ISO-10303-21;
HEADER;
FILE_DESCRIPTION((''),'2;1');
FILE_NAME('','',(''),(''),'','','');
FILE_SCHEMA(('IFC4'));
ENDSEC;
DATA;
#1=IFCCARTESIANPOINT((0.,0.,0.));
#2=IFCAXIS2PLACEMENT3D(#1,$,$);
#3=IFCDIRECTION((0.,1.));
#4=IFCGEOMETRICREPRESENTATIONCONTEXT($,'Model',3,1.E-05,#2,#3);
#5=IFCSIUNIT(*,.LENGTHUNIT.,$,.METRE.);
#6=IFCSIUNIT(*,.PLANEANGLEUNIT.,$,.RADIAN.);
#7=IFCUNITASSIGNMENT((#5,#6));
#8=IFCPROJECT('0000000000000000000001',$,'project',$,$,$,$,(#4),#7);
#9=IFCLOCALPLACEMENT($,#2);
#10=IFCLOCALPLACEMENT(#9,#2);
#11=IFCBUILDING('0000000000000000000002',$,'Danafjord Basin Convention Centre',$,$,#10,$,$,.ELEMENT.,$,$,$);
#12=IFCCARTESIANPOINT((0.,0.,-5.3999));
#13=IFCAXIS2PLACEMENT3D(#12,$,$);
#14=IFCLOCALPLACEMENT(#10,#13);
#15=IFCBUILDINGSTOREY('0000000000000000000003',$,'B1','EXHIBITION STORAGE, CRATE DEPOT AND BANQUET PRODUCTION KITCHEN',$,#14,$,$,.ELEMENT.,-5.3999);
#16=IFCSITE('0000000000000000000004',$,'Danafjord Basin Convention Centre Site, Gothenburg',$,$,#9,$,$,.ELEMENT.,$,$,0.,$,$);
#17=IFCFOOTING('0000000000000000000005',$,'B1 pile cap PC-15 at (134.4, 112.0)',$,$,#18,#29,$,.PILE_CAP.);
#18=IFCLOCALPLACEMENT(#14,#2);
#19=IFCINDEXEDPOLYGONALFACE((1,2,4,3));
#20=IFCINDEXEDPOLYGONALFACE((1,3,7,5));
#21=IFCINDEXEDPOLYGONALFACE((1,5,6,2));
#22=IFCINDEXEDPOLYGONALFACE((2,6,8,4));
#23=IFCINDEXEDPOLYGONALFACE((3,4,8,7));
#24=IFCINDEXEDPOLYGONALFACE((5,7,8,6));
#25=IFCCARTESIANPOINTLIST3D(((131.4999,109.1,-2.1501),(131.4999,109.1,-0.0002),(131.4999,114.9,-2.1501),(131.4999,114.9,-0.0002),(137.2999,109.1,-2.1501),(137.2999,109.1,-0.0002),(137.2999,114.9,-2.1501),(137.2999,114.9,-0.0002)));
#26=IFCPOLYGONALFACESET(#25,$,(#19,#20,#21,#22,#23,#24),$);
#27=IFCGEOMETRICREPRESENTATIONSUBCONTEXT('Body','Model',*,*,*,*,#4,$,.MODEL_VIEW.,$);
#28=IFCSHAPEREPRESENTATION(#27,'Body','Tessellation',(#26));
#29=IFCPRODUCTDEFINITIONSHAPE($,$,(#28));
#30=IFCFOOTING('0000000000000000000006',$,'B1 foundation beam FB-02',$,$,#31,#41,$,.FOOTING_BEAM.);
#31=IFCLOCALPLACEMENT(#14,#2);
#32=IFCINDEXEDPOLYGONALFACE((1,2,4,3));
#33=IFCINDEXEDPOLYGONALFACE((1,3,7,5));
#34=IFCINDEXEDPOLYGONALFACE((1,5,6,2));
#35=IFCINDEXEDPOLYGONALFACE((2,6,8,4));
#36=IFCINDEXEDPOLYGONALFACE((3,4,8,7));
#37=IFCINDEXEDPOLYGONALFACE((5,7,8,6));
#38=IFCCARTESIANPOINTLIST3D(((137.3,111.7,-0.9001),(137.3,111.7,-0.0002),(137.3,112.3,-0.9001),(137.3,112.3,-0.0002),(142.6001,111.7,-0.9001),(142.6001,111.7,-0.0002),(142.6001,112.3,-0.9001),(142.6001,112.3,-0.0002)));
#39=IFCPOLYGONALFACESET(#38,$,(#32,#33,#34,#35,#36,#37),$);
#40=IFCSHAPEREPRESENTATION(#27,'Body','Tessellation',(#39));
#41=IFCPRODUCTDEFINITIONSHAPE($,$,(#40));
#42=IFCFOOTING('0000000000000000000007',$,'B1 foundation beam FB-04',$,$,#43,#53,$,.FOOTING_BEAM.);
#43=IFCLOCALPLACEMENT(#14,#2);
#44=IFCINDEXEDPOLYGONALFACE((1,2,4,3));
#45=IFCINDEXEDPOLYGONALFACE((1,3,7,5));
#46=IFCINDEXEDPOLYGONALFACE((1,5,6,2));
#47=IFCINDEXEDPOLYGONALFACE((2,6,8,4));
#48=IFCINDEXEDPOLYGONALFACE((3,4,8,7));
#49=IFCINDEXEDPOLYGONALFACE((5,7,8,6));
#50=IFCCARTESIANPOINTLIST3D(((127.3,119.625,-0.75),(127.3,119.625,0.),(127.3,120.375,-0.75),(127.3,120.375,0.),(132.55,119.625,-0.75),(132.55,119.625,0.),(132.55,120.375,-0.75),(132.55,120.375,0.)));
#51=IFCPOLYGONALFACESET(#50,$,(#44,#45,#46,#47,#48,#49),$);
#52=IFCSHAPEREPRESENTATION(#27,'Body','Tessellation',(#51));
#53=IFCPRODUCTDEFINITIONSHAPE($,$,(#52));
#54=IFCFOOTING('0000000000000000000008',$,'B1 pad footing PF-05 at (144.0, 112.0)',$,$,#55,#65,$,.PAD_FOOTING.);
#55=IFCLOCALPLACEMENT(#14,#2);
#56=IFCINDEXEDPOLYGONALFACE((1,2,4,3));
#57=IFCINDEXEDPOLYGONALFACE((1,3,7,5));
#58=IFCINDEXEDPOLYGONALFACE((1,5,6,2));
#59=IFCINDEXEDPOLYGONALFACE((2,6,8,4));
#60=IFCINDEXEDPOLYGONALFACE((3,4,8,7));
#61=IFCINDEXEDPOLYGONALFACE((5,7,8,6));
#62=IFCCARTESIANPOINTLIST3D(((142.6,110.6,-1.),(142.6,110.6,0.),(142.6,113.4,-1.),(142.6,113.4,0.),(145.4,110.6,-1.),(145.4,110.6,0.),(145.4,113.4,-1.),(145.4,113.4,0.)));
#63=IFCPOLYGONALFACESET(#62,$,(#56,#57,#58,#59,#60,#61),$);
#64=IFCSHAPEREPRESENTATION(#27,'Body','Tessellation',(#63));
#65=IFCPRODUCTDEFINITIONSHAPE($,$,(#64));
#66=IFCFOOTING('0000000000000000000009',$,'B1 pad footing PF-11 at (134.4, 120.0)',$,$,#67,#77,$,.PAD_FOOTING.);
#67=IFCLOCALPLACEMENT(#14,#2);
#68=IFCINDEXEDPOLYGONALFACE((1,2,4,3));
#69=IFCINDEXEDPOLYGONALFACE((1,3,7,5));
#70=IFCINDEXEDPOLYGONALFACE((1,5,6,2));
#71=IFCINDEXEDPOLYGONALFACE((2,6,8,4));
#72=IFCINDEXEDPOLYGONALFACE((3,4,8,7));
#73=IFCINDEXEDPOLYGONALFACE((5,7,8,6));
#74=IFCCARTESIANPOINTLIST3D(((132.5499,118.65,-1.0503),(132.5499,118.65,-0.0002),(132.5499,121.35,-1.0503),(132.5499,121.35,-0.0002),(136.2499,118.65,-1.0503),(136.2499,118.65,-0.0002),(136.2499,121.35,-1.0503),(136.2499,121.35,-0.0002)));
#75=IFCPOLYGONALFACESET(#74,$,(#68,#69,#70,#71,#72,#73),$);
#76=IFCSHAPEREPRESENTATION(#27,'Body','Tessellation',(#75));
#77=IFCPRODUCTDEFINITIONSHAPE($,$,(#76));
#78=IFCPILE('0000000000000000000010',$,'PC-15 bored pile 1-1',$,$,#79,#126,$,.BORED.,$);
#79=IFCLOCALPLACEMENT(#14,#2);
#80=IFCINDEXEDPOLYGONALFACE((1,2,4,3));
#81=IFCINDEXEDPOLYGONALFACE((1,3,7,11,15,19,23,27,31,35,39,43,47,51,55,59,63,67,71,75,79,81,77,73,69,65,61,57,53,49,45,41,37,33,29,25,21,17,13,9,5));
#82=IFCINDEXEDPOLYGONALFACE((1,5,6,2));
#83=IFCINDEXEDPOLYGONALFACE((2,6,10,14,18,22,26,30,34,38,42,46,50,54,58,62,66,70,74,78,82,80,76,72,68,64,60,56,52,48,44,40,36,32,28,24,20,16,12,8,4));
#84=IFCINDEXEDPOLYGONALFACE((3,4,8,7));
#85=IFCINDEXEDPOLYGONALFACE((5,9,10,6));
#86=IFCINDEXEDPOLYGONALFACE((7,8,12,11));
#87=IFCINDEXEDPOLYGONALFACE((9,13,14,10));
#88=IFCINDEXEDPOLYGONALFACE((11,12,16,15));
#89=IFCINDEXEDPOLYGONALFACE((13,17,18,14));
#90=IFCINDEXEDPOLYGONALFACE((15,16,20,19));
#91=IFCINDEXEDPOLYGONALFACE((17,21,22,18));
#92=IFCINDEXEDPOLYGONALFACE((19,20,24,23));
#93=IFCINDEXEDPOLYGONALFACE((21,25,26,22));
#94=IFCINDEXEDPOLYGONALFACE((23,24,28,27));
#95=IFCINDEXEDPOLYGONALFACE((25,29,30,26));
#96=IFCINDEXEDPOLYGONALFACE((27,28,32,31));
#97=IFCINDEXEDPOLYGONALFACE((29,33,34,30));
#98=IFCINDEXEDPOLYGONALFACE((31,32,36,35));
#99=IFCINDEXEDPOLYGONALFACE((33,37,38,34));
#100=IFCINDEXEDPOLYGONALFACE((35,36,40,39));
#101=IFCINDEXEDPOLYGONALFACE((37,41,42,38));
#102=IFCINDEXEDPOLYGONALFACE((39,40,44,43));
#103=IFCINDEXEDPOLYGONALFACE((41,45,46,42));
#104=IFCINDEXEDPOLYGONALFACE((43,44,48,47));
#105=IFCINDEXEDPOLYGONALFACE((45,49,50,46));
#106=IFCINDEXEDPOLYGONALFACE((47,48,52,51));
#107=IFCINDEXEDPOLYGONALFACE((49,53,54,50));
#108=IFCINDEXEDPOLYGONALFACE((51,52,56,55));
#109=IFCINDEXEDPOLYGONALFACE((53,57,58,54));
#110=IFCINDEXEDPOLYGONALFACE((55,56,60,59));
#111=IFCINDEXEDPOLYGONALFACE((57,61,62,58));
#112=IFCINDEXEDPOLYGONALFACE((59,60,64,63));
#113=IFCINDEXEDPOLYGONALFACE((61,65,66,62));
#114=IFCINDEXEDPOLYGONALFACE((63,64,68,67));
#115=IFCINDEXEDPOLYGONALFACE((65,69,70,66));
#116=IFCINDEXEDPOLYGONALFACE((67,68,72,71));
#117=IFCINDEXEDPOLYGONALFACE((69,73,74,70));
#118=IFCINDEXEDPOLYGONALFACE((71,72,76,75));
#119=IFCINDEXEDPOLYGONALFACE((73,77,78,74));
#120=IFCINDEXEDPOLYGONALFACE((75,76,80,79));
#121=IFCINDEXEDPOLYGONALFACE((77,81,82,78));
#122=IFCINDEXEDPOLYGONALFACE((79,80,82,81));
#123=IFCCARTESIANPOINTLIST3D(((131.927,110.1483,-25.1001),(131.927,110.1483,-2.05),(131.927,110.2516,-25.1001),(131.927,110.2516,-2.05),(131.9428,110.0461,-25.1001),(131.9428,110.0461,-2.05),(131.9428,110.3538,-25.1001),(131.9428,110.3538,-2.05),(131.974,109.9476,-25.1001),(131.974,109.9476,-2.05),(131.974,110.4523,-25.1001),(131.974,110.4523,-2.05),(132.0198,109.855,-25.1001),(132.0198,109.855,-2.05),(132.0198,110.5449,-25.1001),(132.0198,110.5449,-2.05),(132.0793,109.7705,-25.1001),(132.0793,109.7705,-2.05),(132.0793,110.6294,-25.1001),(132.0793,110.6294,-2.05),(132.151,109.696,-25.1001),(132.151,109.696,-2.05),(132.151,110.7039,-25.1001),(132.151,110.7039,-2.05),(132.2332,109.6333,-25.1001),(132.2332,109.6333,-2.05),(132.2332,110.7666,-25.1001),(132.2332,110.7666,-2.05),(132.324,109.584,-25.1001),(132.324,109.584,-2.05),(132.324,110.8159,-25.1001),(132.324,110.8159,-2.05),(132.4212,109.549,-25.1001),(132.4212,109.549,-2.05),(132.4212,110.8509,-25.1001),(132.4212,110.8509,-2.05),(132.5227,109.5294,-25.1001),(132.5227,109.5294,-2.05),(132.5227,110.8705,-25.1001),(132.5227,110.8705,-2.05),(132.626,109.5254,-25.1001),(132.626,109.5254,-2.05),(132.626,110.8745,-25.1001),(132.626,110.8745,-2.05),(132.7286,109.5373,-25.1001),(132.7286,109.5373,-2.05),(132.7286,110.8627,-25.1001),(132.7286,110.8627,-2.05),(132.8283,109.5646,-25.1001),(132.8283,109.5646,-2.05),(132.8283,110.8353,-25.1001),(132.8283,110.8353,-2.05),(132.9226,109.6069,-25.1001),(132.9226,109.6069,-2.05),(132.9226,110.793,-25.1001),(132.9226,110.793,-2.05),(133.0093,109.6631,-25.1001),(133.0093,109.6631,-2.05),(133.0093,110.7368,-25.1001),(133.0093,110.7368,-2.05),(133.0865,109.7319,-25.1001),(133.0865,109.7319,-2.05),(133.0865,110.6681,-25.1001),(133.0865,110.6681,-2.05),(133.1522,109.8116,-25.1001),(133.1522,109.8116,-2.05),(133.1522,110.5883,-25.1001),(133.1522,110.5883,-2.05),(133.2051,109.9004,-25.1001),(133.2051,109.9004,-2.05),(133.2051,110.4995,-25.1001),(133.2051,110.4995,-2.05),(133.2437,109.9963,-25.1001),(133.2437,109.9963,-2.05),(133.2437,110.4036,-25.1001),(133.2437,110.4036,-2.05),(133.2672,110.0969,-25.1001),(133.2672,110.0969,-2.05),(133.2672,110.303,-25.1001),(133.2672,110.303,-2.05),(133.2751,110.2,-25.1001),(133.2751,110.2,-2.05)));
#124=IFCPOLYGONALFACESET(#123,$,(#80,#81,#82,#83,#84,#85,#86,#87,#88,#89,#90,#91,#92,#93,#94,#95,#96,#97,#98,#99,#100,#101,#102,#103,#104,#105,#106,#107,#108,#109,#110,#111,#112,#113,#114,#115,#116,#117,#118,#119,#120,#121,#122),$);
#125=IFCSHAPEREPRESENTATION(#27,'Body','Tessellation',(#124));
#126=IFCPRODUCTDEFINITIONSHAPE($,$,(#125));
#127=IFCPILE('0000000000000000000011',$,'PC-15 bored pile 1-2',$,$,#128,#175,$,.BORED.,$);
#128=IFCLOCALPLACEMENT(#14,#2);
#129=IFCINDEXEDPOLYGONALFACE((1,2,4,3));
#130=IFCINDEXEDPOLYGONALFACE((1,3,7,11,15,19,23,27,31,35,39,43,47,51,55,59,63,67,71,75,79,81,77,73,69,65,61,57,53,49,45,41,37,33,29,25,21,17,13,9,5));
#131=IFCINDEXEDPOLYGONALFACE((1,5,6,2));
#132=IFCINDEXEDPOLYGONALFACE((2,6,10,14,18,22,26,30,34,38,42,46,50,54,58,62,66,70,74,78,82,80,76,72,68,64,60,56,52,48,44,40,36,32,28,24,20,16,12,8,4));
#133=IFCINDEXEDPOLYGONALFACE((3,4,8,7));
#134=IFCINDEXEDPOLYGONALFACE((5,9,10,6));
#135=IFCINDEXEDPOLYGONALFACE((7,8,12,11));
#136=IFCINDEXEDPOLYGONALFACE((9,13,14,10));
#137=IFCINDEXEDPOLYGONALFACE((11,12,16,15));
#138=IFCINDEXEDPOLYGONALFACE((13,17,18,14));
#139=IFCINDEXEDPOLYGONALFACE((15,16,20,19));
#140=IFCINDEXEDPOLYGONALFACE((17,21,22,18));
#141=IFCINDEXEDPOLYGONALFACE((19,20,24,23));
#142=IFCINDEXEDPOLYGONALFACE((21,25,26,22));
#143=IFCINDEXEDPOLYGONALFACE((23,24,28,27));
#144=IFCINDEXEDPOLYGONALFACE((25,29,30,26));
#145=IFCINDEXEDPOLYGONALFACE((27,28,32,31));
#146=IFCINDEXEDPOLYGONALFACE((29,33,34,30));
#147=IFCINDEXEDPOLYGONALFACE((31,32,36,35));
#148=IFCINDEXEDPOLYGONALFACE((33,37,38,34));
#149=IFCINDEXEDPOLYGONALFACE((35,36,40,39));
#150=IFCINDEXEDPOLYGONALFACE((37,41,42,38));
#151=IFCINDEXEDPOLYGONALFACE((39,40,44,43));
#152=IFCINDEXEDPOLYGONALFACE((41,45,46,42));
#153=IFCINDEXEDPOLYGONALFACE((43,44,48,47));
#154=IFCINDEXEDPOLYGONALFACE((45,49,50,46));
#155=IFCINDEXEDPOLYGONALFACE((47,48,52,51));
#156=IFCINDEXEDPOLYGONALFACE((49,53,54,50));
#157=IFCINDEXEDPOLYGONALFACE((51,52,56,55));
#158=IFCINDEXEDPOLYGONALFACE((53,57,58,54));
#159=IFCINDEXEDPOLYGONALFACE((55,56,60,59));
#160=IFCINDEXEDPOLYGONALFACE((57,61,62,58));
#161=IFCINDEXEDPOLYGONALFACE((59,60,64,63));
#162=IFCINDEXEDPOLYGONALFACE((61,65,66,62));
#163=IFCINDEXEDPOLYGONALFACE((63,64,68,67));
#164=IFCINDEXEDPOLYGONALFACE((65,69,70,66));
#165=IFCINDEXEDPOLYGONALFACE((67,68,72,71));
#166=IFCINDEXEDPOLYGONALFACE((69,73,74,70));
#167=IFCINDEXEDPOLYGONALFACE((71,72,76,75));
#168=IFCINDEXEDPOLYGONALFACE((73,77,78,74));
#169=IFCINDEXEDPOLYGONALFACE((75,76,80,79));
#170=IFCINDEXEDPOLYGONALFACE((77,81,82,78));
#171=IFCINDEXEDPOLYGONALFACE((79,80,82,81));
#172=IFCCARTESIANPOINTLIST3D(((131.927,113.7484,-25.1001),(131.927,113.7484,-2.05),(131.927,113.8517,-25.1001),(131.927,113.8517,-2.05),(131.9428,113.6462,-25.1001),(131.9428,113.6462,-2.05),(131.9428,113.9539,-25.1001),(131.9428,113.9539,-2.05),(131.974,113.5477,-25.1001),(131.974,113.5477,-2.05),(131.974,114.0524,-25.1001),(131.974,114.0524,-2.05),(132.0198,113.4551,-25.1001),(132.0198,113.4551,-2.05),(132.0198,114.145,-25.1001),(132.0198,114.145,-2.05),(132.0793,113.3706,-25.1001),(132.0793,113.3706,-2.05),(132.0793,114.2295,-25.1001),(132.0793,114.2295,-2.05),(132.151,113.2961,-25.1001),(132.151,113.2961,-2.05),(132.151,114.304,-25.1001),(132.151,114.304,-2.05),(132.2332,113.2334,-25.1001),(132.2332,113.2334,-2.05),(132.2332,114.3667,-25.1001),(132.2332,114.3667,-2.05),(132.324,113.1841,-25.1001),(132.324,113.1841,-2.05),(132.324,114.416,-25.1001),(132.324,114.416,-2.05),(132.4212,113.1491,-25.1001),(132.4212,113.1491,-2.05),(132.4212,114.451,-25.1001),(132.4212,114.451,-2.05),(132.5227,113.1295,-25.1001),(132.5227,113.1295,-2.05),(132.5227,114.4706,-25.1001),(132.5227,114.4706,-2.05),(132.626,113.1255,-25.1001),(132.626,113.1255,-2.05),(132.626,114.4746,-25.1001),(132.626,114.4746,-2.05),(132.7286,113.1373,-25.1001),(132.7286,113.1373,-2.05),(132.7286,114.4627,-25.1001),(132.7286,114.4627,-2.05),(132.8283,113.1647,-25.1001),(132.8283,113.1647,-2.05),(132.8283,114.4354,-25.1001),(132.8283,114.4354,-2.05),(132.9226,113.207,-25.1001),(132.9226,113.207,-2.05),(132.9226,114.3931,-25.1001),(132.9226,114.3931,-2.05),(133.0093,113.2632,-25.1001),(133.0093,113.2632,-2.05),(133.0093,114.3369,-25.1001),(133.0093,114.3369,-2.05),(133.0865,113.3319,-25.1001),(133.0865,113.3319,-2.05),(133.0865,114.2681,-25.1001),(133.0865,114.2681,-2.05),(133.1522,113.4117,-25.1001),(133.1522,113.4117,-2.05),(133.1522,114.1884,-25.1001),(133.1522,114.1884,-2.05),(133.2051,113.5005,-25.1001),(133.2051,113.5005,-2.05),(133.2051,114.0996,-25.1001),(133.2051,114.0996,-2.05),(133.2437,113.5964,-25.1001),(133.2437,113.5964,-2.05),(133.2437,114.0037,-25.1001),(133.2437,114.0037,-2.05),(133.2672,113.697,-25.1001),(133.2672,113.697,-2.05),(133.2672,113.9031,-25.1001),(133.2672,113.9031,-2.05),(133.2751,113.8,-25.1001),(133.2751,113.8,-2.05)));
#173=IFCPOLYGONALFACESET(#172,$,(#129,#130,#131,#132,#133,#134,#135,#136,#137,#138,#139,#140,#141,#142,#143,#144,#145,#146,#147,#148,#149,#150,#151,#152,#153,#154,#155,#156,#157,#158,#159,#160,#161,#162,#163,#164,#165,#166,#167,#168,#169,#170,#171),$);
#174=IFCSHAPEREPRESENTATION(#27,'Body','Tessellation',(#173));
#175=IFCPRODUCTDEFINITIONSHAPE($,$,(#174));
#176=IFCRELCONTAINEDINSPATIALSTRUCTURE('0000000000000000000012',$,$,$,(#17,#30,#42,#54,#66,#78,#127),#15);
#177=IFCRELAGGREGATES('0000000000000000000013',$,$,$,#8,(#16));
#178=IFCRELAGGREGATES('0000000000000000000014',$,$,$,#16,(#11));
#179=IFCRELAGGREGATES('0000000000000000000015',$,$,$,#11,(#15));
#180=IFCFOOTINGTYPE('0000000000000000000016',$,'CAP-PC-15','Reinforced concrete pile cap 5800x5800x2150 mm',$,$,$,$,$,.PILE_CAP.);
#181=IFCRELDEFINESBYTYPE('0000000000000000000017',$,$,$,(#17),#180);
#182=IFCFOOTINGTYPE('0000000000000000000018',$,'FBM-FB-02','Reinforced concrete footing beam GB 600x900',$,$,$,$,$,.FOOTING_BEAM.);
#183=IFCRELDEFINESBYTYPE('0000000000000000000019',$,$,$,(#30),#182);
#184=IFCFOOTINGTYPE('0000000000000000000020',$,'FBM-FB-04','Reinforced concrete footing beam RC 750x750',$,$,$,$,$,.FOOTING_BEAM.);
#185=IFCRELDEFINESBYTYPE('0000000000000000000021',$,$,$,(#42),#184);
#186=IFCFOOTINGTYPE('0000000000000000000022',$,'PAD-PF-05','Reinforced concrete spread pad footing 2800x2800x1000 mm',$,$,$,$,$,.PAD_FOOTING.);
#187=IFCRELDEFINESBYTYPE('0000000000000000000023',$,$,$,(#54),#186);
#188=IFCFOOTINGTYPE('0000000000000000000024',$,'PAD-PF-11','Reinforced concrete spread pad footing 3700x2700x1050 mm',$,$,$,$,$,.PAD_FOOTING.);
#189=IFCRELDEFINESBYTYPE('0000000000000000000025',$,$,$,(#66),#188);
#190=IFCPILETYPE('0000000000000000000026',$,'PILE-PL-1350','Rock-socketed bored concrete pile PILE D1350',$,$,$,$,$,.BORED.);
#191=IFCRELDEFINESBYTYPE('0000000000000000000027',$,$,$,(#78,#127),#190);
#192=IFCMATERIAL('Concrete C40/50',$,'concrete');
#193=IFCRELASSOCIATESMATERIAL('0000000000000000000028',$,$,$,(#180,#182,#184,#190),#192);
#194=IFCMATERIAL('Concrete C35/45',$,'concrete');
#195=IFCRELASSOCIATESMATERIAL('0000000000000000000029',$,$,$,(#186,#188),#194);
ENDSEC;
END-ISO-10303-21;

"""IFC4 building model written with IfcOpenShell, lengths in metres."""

from ifc_helpers import new_model, si_unit, direction, frame, origin, origin_2d, place, context, subcontext, project, spatial, rectangle, circle, extrude, material, material_profile, profile_set, type_object, element, save


model = new_model("IFC4")

# Units and contexts
model_context = context("Model", 3, precision=1e-05, world=origin(), true_north=direction((0.0, 1.0)))
body_context = subcontext(model_context, "Body", "Model", "MODEL_VIEW")
ifc_project = project(units=[si_unit("LENGTHUNIT", "METRE"), si_unit("PLANEANGLEUNIT", "RADIAN")], contexts=[model_context])

# Site, building, storey
site_placement = place(None, origin())
site = spatial("IfcSite", under=ifc_project, at=site_placement, Name="Danafjord Basin Convention Centre Site, Gothenburg", CompositionType="ELEMENT", RefElevation=0.0)
building_placement = place(site_placement, origin())
building = spatial("IfcBuilding", under=site, at=building_placement, Name="Danafjord Basin Convention Centre", CompositionType="ELEMENT")
storey_placement = place(building_placement, frame((0.0, 0.0, -5.3999)))
storey = spatial("IfcBuildingStorey", under=building, at=storey_placement, Name="B1", Description="EXHIBITION STORAGE, CRATE DEPOT AND BANQUET PRODUCTION KITCHEN", CompositionType="ELEMENT", Elevation=-5.3999)

# Footings
ifc_material_1 = material(Name="Concrete C40/50", Category="concrete")
footing_type_1 = type_object("IfcFootingType", Name="CAP-PC-15", Description="Reinforced concrete pile cap 5800x5800x2150 mm", PredefinedType="PILE_CAP", material=ifc_material_1)
footing_1_placement = place(storey_placement, frame((134.3999, 112.0, -2.1501), z_axis=(0.0, 0.0, 1.0), x_axis=(1.0, 0.0, 0.0)))
element("IfcFooting", 1, at=footing_1_placement, inside=storey, type_object=footing_type_1, Name="B1 pile cap PC-15 at (134.4, 112.0)", PredefinedType="PILE_CAP", context=body_context, shape_type="SweptSolid", body=[
    extrude(rectangle(XDim=5.8, YDim=5.8, at=origin_2d()), origin(), (0.0, 0.0, 1.0), 2.1499),
])
ifc_material_profile_1 = material_profile(ifc_material_1, rectangle(XDim=0.6001, YDim=0.8999, at=origin_2d()), Name="GB 600x900")
ifc_profile_set_1 = profile_set([ifc_material_profile_1], Name="Concrete C40/50")
footing_type_2 = type_object("IfcFootingType", Name="FBM-FB-02", Description="Reinforced concrete footing beam GB 600x900", PredefinedType="FOOTING_BEAM", material=ifc_profile_set_1)
footing_2_placement = place(storey_placement, frame((137.3, 112.0, -0.4502), z_axis=(1.0, 0.0, 0.0), x_axis=(0.0, 1.0, 0.0)))
element("IfcFooting", 2, at=footing_2_placement, inside=storey, type_object=footing_type_2, Name="B1 foundation beam FB-02", PredefinedType="FOOTING_BEAM", context=body_context, shape_type="SweptSolid", body=[
    extrude(rectangle(XDim=0.6001, YDim=0.8999, at=origin_2d()), origin(), (0.0, 0.0, 1.0), 5.3),
])
ifc_material_profile_2 = material_profile(ifc_material_1, rectangle(XDim=0.75, YDim=0.75, at=origin_2d()), Name="RC 750x750")
ifc_profile_set_2 = profile_set([ifc_material_profile_2], Name="Concrete C40/50")
footing_type_3 = type_object("IfcFootingType", Name="FBM-FB-04", Description="Reinforced concrete footing beam RC 750x750", PredefinedType="FOOTING_BEAM", material=ifc_profile_set_2)
footing_3_placement = place(storey_placement, frame((127.3, 120.0, -0.375), z_axis=(1.0, 0.0, 0.0), x_axis=(0.0, 1.0, 0.0)))
element("IfcFooting", 3, at=footing_3_placement, inside=storey, type_object=footing_type_3, Name="B1 foundation beam FB-04", PredefinedType="FOOTING_BEAM", context=body_context, shape_type="SweptSolid", body=[
    extrude(rectangle(XDim=0.75, YDim=0.75, at=origin_2d()), origin(), (0.0, 0.0, 1.0), 5.25),
])
ifc_material_2 = material(Name="Concrete C35/45", Category="concrete")
footing_type_4 = type_object("IfcFootingType", Name="PAD-PF-05", Description="Reinforced concrete spread pad footing 2800x2800x1000 mm", PredefinedType="PAD_FOOTING", material=ifc_material_2)
footing_4_placement = place(storey_placement, frame((144.0, 112.0, -1.0), z_axis=(0.0, 0.0, 1.0), x_axis=(1.0, 0.0, 0.0)))
element("IfcFooting", 4, at=footing_4_placement, inside=storey, type_object=footing_type_4, Name="B1 pad footing PF-05 at (144.0, 112.0)", PredefinedType="PAD_FOOTING", context=body_context, shape_type="SweptSolid", body=[
    extrude(rectangle(XDim=2.8, YDim=2.8, at=origin_2d()), origin(), (0.0, 0.0, 1.0), 1.0),
])
footing_type_5 = type_object("IfcFootingType", Name="PAD-PF-11", Description="Reinforced concrete spread pad footing 3700x2700x1050 mm", PredefinedType="PAD_FOOTING", material=ifc_material_2)
footing_5_placement = place(storey_placement, frame((134.3999, 120.0, -1.0503), z_axis=(0.0, 0.0, 1.0), x_axis=(1.0, 0.0, 0.0)))
element("IfcFooting", 5, at=footing_5_placement, inside=storey, type_object=footing_type_5, Name="B1 pad footing PF-11 at (134.4, 120.0)", PredefinedType="PAD_FOOTING", context=body_context, shape_type="SweptSolid", body=[
    extrude(rectangle(XDim=3.7, YDim=2.7, at=origin_2d()), origin(), (0.0, 0.0, 1.0), 1.05),
])

# Piles
ifc_material_profile_3 = material_profile(ifc_material_1, circle(Radius=0.675, at=origin_2d()), Name="PILE D1350")
ifc_profile_set_3 = profile_set([ifc_material_profile_3], Name="Concrete C40/50")
pile_type = type_object("IfcPileType", Name="PILE-PL-1350", Description="Rock-socketed bored concrete pile PILE D1350", PredefinedType="BORED", material=ifc_profile_set_3)
for number, where, z_axis, x_axis, name in (
    (6, (132.6001, 110.2, -2.05), (0.0, 0.0, -1.0), (1.0, 0.0, 0.0), "PC-15 bored pile 1-1"),
    (7, (132.6001, 113.8, -2.05), (0.0, 0.0, -1.0), (1.0, 0.0, 0.0), "PC-15 bored pile 1-2"),
):
    element("IfcPile", number, at=place(storey_placement, frame(where, z_axis=z_axis, x_axis=x_axis)), inside=storey, type_object=pile_type, Name=name, PredefinedType="BORED", context=body_context, shape_type="SweptSolid", body=[
        extrude(circle(Radius=0.675, at=origin_2d()), origin(), (0.0, 0.0, 1.0), 23.05),
    ])

save(model, "model.ifc")
